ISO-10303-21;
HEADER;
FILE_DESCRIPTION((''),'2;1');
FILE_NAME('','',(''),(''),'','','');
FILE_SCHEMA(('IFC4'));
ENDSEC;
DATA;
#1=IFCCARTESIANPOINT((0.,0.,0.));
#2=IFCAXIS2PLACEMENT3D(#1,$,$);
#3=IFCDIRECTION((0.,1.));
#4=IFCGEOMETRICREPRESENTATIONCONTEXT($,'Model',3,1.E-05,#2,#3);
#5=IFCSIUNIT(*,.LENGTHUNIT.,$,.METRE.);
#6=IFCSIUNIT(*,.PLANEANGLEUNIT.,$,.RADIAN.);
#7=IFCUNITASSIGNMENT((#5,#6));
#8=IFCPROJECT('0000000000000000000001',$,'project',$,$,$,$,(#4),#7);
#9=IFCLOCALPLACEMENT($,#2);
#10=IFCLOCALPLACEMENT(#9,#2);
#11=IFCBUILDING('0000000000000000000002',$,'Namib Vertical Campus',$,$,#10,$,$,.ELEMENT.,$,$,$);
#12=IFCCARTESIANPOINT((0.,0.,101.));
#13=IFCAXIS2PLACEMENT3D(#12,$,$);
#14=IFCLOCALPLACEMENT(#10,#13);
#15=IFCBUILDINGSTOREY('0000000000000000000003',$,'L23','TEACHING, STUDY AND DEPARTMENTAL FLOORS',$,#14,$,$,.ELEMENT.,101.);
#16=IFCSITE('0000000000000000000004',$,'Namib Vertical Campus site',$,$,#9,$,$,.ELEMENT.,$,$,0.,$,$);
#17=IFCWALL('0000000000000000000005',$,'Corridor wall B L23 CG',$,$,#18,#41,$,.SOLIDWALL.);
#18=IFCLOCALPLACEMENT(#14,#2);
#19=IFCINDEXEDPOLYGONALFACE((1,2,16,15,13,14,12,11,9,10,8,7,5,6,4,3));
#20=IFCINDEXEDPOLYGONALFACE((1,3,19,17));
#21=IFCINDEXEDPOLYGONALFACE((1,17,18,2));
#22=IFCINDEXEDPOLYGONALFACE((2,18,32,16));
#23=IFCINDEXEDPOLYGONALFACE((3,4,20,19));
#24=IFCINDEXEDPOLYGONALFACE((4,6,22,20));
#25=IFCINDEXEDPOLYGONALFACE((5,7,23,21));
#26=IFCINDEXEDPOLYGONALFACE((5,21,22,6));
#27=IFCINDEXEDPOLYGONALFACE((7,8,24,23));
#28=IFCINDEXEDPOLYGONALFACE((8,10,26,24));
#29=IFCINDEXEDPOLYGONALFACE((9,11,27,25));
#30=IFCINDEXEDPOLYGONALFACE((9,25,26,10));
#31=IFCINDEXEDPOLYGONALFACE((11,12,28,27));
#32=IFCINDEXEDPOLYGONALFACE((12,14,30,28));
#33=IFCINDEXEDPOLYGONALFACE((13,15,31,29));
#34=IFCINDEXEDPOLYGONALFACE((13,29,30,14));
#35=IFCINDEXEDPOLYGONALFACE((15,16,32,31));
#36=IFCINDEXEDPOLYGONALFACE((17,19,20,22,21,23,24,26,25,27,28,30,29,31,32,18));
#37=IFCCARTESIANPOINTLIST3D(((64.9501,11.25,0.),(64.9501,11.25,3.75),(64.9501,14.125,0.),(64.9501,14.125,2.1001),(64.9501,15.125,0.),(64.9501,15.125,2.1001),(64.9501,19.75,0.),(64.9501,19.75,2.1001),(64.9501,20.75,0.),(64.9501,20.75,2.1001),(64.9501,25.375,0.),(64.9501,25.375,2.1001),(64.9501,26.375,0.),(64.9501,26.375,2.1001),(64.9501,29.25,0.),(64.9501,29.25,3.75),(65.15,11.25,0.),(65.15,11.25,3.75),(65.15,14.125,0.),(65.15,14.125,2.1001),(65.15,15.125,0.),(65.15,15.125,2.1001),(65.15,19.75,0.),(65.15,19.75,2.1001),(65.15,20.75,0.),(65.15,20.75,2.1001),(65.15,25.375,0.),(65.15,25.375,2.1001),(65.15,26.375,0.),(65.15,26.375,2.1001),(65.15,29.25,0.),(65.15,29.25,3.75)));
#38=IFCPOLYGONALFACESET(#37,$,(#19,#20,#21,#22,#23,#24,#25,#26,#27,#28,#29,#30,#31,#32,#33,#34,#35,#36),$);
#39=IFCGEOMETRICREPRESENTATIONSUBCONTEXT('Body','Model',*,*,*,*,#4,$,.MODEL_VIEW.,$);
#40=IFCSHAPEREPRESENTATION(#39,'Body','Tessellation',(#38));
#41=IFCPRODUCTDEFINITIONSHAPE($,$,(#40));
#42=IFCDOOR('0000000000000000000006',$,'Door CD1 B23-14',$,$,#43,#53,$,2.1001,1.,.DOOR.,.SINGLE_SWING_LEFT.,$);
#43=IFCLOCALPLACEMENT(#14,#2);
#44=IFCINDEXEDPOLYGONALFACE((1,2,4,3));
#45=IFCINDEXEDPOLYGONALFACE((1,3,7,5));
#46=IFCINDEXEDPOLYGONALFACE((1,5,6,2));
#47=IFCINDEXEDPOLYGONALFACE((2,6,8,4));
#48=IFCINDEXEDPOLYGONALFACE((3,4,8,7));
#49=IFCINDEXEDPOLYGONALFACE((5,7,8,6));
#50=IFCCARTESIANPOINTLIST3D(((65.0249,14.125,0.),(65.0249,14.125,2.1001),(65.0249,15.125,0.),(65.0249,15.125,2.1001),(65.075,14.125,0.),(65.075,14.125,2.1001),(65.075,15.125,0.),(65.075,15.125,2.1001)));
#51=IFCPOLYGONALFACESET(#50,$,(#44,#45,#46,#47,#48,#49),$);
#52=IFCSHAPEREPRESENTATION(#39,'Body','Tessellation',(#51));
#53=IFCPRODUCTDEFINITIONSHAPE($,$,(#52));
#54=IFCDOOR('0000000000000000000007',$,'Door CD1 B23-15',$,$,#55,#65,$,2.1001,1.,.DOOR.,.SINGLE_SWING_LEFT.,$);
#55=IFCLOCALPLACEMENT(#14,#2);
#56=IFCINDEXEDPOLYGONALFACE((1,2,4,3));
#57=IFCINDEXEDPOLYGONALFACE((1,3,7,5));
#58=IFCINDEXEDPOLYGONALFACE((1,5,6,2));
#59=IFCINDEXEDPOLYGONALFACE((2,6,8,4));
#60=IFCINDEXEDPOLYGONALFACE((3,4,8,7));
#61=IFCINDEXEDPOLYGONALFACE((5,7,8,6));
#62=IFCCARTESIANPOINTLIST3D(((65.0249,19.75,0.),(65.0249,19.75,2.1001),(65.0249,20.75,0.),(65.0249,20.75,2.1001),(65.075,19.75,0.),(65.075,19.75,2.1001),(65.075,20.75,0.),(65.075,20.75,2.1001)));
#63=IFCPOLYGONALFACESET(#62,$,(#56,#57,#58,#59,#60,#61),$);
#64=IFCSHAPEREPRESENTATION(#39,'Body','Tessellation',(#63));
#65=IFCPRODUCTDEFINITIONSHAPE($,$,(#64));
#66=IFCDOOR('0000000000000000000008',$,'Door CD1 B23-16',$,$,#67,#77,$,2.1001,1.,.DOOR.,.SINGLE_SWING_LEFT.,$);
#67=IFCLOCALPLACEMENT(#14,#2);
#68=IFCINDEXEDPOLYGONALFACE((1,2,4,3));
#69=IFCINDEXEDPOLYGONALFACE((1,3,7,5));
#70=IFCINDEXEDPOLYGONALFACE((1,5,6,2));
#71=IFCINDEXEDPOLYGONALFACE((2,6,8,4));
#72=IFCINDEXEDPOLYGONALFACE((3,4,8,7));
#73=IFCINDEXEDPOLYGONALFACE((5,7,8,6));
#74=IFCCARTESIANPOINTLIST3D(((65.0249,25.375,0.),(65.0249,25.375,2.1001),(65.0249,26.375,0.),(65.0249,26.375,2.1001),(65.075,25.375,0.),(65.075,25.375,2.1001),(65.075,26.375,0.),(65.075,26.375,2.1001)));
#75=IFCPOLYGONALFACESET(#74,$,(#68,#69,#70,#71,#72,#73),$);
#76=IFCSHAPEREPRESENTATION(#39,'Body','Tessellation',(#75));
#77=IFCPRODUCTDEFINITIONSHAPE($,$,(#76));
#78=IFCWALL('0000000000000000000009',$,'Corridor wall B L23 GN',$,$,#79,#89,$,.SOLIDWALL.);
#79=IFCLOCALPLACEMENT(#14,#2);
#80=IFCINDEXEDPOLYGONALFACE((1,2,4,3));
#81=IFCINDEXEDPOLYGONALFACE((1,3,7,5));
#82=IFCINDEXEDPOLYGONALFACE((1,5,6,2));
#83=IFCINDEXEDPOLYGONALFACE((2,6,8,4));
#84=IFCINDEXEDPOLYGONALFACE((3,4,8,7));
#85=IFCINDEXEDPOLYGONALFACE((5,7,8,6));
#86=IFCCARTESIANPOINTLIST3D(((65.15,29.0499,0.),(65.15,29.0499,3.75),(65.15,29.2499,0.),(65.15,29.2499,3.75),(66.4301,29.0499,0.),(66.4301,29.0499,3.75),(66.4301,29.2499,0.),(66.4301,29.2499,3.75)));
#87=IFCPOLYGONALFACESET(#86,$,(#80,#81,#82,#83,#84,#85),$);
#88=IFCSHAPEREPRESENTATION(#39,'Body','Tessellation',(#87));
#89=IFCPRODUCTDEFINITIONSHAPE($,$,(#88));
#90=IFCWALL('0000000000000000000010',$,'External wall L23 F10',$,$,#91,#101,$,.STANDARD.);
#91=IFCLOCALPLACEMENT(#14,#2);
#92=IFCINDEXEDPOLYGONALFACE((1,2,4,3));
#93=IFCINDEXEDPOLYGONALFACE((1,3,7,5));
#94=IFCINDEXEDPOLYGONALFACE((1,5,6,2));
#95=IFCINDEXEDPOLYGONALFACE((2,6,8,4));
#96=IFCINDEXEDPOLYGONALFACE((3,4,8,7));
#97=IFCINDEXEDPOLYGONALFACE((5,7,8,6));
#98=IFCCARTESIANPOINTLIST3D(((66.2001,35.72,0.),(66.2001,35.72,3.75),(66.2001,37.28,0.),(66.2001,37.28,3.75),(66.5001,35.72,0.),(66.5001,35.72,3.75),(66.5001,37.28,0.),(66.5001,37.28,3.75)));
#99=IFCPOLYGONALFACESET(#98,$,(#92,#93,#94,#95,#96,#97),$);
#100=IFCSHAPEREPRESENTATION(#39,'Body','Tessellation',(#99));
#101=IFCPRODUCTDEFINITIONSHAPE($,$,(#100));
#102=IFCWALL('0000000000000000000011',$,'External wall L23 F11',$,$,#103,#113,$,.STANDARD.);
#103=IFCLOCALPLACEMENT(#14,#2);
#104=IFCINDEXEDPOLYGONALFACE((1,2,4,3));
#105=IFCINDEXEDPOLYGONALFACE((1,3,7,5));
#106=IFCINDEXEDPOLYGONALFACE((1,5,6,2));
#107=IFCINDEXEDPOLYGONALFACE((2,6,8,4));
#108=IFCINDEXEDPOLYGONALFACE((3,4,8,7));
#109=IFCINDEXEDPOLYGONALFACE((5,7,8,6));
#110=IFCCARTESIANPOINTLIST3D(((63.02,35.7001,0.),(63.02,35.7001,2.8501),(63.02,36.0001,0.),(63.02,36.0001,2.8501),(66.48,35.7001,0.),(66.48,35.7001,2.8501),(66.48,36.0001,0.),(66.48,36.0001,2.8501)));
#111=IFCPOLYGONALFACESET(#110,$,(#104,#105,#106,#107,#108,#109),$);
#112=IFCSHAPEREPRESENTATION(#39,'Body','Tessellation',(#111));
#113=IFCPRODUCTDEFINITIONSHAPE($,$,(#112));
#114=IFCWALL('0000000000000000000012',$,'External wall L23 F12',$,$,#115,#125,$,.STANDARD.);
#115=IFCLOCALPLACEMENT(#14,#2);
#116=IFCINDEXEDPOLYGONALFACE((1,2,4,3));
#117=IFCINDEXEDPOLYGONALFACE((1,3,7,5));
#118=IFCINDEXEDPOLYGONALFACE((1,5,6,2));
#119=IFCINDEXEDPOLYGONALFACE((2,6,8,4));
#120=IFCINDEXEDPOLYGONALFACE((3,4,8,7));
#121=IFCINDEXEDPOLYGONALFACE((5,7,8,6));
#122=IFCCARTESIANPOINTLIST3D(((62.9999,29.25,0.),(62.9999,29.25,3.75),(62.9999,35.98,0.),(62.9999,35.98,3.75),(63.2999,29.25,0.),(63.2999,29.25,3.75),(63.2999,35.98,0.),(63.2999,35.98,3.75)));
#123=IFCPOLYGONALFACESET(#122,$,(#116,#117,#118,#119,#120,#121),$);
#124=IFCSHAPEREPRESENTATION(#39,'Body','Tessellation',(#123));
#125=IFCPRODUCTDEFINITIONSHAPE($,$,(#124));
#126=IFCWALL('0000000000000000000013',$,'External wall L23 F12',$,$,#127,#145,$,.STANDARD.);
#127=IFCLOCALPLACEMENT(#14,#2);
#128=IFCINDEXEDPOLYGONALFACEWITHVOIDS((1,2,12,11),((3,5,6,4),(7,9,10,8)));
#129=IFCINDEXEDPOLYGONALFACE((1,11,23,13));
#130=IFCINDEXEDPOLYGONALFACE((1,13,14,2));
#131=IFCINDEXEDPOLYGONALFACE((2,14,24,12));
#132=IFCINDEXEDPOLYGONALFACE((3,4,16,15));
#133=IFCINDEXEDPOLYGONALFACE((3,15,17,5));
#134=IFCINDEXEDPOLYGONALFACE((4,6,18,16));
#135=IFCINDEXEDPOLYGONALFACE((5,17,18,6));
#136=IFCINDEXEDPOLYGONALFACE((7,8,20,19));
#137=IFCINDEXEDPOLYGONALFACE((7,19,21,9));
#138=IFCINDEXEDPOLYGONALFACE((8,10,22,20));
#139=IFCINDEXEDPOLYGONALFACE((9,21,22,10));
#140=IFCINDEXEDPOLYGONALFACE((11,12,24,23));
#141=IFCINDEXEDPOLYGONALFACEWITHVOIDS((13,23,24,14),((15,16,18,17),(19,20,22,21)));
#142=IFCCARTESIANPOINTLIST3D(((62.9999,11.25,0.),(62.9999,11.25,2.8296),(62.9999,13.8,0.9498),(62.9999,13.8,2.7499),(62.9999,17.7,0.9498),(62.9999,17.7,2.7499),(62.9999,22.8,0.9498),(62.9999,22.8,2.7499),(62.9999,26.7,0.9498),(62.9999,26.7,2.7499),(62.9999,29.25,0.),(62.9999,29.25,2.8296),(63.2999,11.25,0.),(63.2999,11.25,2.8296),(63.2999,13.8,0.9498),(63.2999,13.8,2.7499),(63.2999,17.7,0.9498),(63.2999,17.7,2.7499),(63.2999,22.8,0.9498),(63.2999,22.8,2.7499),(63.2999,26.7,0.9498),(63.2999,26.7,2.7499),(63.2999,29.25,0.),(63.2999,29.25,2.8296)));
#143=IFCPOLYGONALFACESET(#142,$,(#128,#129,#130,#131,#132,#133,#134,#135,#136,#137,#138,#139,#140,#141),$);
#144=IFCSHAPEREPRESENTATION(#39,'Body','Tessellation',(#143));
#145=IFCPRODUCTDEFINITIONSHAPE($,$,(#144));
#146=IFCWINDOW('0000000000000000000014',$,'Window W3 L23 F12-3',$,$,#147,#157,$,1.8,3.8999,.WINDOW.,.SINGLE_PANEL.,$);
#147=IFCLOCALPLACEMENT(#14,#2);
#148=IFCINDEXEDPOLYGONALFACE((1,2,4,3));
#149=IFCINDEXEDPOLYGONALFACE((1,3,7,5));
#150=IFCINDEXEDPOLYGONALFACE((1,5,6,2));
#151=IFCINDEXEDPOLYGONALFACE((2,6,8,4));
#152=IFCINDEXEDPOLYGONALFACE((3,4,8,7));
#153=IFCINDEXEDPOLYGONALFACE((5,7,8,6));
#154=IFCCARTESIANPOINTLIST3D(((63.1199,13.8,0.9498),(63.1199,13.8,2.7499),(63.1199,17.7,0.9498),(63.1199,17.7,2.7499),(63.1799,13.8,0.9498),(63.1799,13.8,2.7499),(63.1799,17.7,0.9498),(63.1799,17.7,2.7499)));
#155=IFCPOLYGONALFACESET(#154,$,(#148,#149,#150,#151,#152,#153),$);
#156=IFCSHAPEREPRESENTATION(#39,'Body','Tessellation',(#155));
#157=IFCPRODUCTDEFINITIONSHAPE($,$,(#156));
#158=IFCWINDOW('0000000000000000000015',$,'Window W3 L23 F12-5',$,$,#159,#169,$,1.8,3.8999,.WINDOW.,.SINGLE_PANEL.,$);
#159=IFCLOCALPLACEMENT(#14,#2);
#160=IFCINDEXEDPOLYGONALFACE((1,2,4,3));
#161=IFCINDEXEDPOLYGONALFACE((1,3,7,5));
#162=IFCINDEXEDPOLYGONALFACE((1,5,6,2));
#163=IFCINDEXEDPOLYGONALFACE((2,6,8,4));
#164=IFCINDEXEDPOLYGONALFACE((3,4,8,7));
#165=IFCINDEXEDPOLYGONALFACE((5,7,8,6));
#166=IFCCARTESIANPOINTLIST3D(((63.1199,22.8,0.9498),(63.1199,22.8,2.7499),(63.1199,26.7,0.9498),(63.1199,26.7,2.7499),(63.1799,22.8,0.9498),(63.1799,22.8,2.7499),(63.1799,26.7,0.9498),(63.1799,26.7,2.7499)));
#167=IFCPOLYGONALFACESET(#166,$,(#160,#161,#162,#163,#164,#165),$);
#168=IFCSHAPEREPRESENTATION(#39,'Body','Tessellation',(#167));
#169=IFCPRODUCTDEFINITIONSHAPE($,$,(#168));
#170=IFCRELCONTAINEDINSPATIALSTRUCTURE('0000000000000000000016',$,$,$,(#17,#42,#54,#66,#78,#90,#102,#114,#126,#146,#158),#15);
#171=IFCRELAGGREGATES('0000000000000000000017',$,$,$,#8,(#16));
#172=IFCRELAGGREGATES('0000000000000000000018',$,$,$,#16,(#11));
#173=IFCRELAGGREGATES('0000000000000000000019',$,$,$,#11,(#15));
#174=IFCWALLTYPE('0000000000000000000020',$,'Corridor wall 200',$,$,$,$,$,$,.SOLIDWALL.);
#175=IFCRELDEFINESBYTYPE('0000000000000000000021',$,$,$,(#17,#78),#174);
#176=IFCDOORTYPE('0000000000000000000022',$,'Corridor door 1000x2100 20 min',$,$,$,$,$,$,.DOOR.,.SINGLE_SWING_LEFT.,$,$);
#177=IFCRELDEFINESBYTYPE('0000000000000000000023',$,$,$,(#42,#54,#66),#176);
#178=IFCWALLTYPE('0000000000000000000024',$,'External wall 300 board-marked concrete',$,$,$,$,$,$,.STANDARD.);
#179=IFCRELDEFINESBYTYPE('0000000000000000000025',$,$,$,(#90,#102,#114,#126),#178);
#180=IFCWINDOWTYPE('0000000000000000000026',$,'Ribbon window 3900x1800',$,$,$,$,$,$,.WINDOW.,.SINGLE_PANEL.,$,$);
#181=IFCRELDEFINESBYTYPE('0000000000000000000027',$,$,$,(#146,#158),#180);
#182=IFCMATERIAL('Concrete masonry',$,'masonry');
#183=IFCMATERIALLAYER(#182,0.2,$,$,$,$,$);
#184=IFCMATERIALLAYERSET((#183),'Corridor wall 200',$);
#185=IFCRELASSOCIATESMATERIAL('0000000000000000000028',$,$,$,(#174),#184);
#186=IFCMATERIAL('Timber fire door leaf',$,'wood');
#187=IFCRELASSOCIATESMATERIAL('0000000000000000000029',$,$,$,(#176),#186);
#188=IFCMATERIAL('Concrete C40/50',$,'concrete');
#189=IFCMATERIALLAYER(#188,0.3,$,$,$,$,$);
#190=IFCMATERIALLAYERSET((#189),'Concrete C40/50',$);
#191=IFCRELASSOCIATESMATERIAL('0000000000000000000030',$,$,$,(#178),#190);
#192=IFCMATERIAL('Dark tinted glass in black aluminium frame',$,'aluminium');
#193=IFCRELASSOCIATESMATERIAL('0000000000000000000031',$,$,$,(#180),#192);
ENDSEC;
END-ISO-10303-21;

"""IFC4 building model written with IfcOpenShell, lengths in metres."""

from ifc_helpers import new_model, si_unit, direction, frame, frame_2d, origin, place, context, subcontext, project, spatial, rectangle, extrude, material, layer, layer_set, type_object, element, fill, save


model = new_model("IFC4")

# Units and contexts
model_context = context("Model", 3, precision=1e-05, world=origin(), true_north=direction((0.0, 1.0)))
body_context = subcontext(model_context, "Body", "Model", "MODEL_VIEW")
ifc_project = project(units=[si_unit("LENGTHUNIT", "METRE"), si_unit("PLANEANGLEUNIT", "RADIAN")], contexts=[model_context])

# Site, building, storey
site_placement = place(None, origin())
site = spatial("IfcSite", under=ifc_project, at=site_placement, Name="Namib Vertical Campus site", CompositionType="ELEMENT", RefElevation=0.0)
building_placement = place(site_placement, origin())
building = spatial("IfcBuilding", under=site, at=building_placement, Name="Namib Vertical Campus", CompositionType="ELEMENT")
storey_placement = place(building_placement, frame((0.0, 0.0, 101.0)))
storey = spatial("IfcBuildingStorey", under=building, at=storey_placement, Name="L23", Description="TEACHING, STUDY AND DEPARTMENTAL FLOORS", CompositionType="ELEMENT", Elevation=101.0)

# Wall, openings, doors
ifc_material_1 = material(Name="Concrete masonry", Category="masonry")
ifc_layer_1 = layer(ifc_material_1, 0.2)
ifc_layer_set_1 = layer_set([ifc_layer_1], Name="Corridor wall 200")
wall_type_1 = type_object("IfcWallType", Name="Corridor wall 200", PredefinedType="SOLIDWALL", material=ifc_layer_set_1)
wall_1_placement = place(storey_placement, frame((65.05, 29.25, 0.0), z_axis=(0.0, 0.0, 1.0), x_axis=(0.0, -1.0, 0.0)))
wall_1 = element("IfcWall", 1, at=wall_1_placement, inside=storey, type_object=wall_type_1, Name="Corridor wall B L23 CG", PredefinedType="SOLIDWALL", context=body_context, shape_type="SweptSolid", body=[
    extrude(rectangle(XDim=18.0, YDim=0.2, at=frame_2d((9.0, 0.0))), origin(), (0.0, 0.0, 1.0), 3.75),
])
opening_1_placement = place(wall_1_placement, frame((14.125, 0.0, 0.0)))
opening_1 = element("IfcOpeningElement", 2, at=opening_1_placement, cuts=wall_1, PredefinedType="OPENING", context=body_context, shape_type="SweptSolid", body=[
    extrude(rectangle(XDim=1.0, YDim=2.1001, at=frame_2d((0.5, 1.05))), frame((0.0, 0.1099, 0.0), z_axis=(0.0, -1.0, 0.0), x_axis=(1.0, 0.0, 0.0)), (0.0, 0.0, 1.0), 0.22),
])
opening_2_placement = place(wall_1_placement, frame((8.5, 0.0, 0.0)))
opening_2 = element("IfcOpeningElement", 3, at=opening_2_placement, cuts=wall_1, PredefinedType="OPENING", context=body_context, shape_type="SweptSolid", body=[
    extrude(rectangle(XDim=1.0, YDim=2.1001, at=frame_2d((0.5, 1.05))), frame((0.0, 0.1099, 0.0), z_axis=(0.0, -1.0, 0.0), x_axis=(1.0, 0.0, 0.0)), (0.0, 0.0, 1.0), 0.22),
])
opening_3_placement = place(wall_1_placement, frame((2.875, 0.0, 0.0)))
opening_3 = element("IfcOpeningElement", 4, at=opening_3_placement, cuts=wall_1, PredefinedType="OPENING", context=body_context, shape_type="SweptSolid", body=[
    extrude(rectangle(XDim=1.0, YDim=2.1001, at=frame_2d((0.5, 1.05))), frame((0.0, 0.1099, 0.0), z_axis=(0.0, -1.0, 0.0), x_axis=(1.0, 0.0, 0.0)), (0.0, 0.0, 1.0), 0.22),
])
ifc_material_2 = material(Name="Timber fire door leaf", Category="wood")
door_type = type_object("IfcDoorType", Name="Corridor door 1000x2100 20 min", OperationType="SINGLE_SWING_LEFT", PredefinedType="DOOR", material=ifc_material_2)
door_1_placement = place(opening_1_placement, origin())
door_1 = element("IfcDoor", 5, at=door_1_placement, inside=storey, type_object=door_type, Name="Door CD1 B23-14", OperationType="SINGLE_SWING_LEFT", OverallHeight=2.1001, OverallWidth=1.0, PredefinedType="DOOR", context=body_context, shape_type="SweptSolid", body=[
    extrude(rectangle(XDim=1.0, YDim=2.1001, at=frame_2d((0.5, 1.05))), frame((0.0, 0.0249, 0.0), z_axis=(0.0, -1.0, 0.0), x_axis=(1.0, 0.0, 0.0)), (0.0, 0.0, 1.0), 0.05),
])
fill(opening_1, door_1)
door_2_placement = place(opening_2_placement, origin())
door_2 = element("IfcDoor", 6, at=door_2_placement, inside=storey, type_object=door_type, Name="Door CD1 B23-15", OperationType="SINGLE_SWING_LEFT", OverallHeight=2.1001, OverallWidth=1.0, PredefinedType="DOOR", context=body_context, shape_type="SweptSolid", body=[
    extrude(rectangle(XDim=1.0, YDim=2.1001, at=frame_2d((0.5, 1.05))), frame((0.0, 0.0249, 0.0), z_axis=(0.0, -1.0, 0.0), x_axis=(1.0, 0.0, 0.0)), (0.0, 0.0, 1.0), 0.05),
])
fill(opening_2, door_2)
door_3_placement = place(opening_3_placement, origin())
door_3 = element("IfcDoor", 7, at=door_3_placement, inside=storey, type_object=door_type, Name="Door CD1 B23-16", OperationType="SINGLE_SWING_LEFT", OverallHeight=2.1001, OverallWidth=1.0, PredefinedType="DOOR", context=body_context, shape_type="SweptSolid", body=[
    extrude(rectangle(XDim=1.0, YDim=2.1001, at=frame_2d((0.5, 1.05))), frame((0.0, 0.0249, 0.0), z_axis=(0.0, -1.0, 0.0), x_axis=(1.0, 0.0, 0.0)), (0.0, 0.0, 1.0), 0.05),
])
fill(opening_3, door_3)

# Walls
wall_2_placement = place(storey_placement, frame((65.1499, 29.1499, 0.0), z_axis=(0.0, 0.0, 1.0), x_axis=(1.0, 0.0, 0.0)))
element("IfcWall", 8, at=wall_2_placement, inside=storey, type_object=wall_type_1, Name="Corridor wall B L23 GN", PredefinedType="SOLIDWALL", context=body_context, shape_type="SweptSolid", body=[
    extrude(rectangle(XDim=1.28, YDim=0.2, at=frame_2d((0.6401, 0.0))), origin(), (0.0, 0.0, 1.0), 3.75),
])
ifc_material_3 = material(Name="Concrete C40/50", Category="concrete")
ifc_layer_2 = layer(ifc_material_3, 0.3)
ifc_layer_set_2 = layer_set([ifc_layer_2], Name="Concrete C40/50")
wall_type_2 = type_object("IfcWallType", Name="External wall 300 board-marked concrete", PredefinedType="STANDARD", material=ifc_layer_set_2)
wall_3_placement = place(storey_placement, frame((66.3501, 37.28, 0.0), z_axis=(0.0, 0.0, 1.0), x_axis=(0.0, -1.0, 0.0)))
element("IfcWall", 9, at=wall_3_placement, inside=storey, type_object=wall_type_2, Name="External wall L23 F10", PredefinedType="STANDARD", context=body_context, shape_type="SweptSolid", body=[
    extrude(rectangle(XDim=1.5601, YDim=0.3, at=frame_2d((0.78, 0.0))), origin(), (0.0, 0.0, 1.0), 3.75),
])
wall_4_placement = place(storey_placement, frame((66.48, 35.8501, 0.0), z_axis=(0.0, 0.0, 1.0), x_axis=(-1.0, 0.0, 0.0)))
element("IfcWall", 10, at=wall_4_placement, inside=storey, type_object=wall_type_2, Name="External wall L23 F11", PredefinedType="STANDARD", context=body_context, shape_type="SweptSolid", body=[
    extrude(rectangle(XDim=3.46, YDim=0.3, at=frame_2d((1.73, 0.0))), origin(), (0.0, 0.0, 1.0), 2.8501),
])
wall_5_placement = place(storey_placement, frame((63.1499, 35.98, 0.0), z_axis=(0.0, 0.0, 1.0), x_axis=(0.0, -1.0, 0.0)))
element("IfcWall", 11, at=wall_5_placement, inside=storey, type_object=wall_type_2, Name="External wall L23 F12", PredefinedType="STANDARD", context=body_context, shape_type="SweptSolid", body=[
    extrude(rectangle(XDim=6.73, YDim=0.3, at=frame_2d((3.365, 0.0))), origin(), (0.0, 0.0, 1.0), 3.75),
])

# Wall, openings, windows
wall_6_placement = place(storey_placement, frame((63.1499, 29.25, 0.0), z_axis=(0.0, 0.0, 1.0), x_axis=(0.0, -1.0, 0.0)))
wall_6 = element("IfcWall", 12, at=wall_6_placement, inside=storey, type_object=wall_type_2, Name="External wall L23 F12", PredefinedType="STANDARD", context=body_context, shape_type="SweptSolid", body=[
    extrude(rectangle(XDim=18.0, YDim=0.3, at=frame_2d((9.0, 0.0))), origin(), (0.0, 0.0, 1.0), 2.8296),
])
opening_4_placement = place(wall_6_placement, frame((11.55, 0.0, 0.95)))
opening_4 = element("IfcOpeningElement", 13, at=opening_4_placement, cuts=wall_6, PredefinedType="OPENING", context=body_context, shape_type="SweptSolid", body=[
    extrude(rectangle(XDim=3.8999, YDim=1.8, at=frame_2d((1.95, 0.8999))), frame((0.0, 0.1599, 0.0), z_axis=(0.0, -1.0, 0.0), x_axis=(1.0, 0.0, 0.0)), (0.0, 0.0, 1.0), 0.3201),
])
opening_5_placement = place(wall_6_placement, frame((2.55, 0.0, 0.95)))
opening_5 = element("IfcOpeningElement", 14, at=opening_5_placement, cuts=wall_6, PredefinedType="OPENING", context=body_context, shape_type="SweptSolid", body=[
    extrude(rectangle(XDim=3.8999, YDim=1.8, at=frame_2d((1.95, 0.8999))), frame((0.0, 0.1599, 0.0), z_axis=(0.0, -1.0, 0.0), x_axis=(1.0, 0.0, 0.0)), (0.0, 0.0, 1.0), 0.3201),
])
ifc_material_4 = material(Name="Dark tinted glass in black aluminium frame", Category="aluminium")
window_type = type_object("IfcWindowType", Name="Ribbon window 3900x1800", PartitioningType="SINGLE_PANEL", PredefinedType="WINDOW", material=ifc_material_4)
window_1_placement = place(opening_4_placement, origin())
window_1 = element("IfcWindow", 15, at=window_1_placement, inside=storey, type_object=window_type, Name="Window W3 L23 F12-3", OverallHeight=1.8, OverallWidth=3.8999, PartitioningType="SINGLE_PANEL", PredefinedType="WINDOW", context=body_context, shape_type="SweptSolid", body=[
    extrude(rectangle(XDim=3.8999, YDim=1.8, at=frame_2d((1.95, 0.8999))), frame((0.0, 0.03, 0.0), z_axis=(0.0, -1.0, 0.0), x_axis=(1.0, 0.0, 0.0)), (0.0, 0.0, 1.0), 0.0601),
])
fill(opening_4, window_1)
window_2_placement = place(opening_5_placement, origin())
window_2 = element("IfcWindow", 16, at=window_2_placement, inside=storey, type_object=window_type, Name="Window W3 L23 F12-5", OverallHeight=1.8, OverallWidth=3.8999, PartitioningType="SINGLE_PANEL", PredefinedType="WINDOW", context=body_context, shape_type="SweptSolid", body=[
    extrude(rectangle(XDim=3.8999, YDim=1.8, at=frame_2d((1.95, 0.8999))), frame((0.0, 0.03, 0.0), z_axis=(0.0, -1.0, 0.0), x_axis=(1.0, 0.0, 0.0)), (0.0, 0.0, 1.0), 0.0601),
])
fill(opening_5, window_2)

save(model, "model.ifc")
